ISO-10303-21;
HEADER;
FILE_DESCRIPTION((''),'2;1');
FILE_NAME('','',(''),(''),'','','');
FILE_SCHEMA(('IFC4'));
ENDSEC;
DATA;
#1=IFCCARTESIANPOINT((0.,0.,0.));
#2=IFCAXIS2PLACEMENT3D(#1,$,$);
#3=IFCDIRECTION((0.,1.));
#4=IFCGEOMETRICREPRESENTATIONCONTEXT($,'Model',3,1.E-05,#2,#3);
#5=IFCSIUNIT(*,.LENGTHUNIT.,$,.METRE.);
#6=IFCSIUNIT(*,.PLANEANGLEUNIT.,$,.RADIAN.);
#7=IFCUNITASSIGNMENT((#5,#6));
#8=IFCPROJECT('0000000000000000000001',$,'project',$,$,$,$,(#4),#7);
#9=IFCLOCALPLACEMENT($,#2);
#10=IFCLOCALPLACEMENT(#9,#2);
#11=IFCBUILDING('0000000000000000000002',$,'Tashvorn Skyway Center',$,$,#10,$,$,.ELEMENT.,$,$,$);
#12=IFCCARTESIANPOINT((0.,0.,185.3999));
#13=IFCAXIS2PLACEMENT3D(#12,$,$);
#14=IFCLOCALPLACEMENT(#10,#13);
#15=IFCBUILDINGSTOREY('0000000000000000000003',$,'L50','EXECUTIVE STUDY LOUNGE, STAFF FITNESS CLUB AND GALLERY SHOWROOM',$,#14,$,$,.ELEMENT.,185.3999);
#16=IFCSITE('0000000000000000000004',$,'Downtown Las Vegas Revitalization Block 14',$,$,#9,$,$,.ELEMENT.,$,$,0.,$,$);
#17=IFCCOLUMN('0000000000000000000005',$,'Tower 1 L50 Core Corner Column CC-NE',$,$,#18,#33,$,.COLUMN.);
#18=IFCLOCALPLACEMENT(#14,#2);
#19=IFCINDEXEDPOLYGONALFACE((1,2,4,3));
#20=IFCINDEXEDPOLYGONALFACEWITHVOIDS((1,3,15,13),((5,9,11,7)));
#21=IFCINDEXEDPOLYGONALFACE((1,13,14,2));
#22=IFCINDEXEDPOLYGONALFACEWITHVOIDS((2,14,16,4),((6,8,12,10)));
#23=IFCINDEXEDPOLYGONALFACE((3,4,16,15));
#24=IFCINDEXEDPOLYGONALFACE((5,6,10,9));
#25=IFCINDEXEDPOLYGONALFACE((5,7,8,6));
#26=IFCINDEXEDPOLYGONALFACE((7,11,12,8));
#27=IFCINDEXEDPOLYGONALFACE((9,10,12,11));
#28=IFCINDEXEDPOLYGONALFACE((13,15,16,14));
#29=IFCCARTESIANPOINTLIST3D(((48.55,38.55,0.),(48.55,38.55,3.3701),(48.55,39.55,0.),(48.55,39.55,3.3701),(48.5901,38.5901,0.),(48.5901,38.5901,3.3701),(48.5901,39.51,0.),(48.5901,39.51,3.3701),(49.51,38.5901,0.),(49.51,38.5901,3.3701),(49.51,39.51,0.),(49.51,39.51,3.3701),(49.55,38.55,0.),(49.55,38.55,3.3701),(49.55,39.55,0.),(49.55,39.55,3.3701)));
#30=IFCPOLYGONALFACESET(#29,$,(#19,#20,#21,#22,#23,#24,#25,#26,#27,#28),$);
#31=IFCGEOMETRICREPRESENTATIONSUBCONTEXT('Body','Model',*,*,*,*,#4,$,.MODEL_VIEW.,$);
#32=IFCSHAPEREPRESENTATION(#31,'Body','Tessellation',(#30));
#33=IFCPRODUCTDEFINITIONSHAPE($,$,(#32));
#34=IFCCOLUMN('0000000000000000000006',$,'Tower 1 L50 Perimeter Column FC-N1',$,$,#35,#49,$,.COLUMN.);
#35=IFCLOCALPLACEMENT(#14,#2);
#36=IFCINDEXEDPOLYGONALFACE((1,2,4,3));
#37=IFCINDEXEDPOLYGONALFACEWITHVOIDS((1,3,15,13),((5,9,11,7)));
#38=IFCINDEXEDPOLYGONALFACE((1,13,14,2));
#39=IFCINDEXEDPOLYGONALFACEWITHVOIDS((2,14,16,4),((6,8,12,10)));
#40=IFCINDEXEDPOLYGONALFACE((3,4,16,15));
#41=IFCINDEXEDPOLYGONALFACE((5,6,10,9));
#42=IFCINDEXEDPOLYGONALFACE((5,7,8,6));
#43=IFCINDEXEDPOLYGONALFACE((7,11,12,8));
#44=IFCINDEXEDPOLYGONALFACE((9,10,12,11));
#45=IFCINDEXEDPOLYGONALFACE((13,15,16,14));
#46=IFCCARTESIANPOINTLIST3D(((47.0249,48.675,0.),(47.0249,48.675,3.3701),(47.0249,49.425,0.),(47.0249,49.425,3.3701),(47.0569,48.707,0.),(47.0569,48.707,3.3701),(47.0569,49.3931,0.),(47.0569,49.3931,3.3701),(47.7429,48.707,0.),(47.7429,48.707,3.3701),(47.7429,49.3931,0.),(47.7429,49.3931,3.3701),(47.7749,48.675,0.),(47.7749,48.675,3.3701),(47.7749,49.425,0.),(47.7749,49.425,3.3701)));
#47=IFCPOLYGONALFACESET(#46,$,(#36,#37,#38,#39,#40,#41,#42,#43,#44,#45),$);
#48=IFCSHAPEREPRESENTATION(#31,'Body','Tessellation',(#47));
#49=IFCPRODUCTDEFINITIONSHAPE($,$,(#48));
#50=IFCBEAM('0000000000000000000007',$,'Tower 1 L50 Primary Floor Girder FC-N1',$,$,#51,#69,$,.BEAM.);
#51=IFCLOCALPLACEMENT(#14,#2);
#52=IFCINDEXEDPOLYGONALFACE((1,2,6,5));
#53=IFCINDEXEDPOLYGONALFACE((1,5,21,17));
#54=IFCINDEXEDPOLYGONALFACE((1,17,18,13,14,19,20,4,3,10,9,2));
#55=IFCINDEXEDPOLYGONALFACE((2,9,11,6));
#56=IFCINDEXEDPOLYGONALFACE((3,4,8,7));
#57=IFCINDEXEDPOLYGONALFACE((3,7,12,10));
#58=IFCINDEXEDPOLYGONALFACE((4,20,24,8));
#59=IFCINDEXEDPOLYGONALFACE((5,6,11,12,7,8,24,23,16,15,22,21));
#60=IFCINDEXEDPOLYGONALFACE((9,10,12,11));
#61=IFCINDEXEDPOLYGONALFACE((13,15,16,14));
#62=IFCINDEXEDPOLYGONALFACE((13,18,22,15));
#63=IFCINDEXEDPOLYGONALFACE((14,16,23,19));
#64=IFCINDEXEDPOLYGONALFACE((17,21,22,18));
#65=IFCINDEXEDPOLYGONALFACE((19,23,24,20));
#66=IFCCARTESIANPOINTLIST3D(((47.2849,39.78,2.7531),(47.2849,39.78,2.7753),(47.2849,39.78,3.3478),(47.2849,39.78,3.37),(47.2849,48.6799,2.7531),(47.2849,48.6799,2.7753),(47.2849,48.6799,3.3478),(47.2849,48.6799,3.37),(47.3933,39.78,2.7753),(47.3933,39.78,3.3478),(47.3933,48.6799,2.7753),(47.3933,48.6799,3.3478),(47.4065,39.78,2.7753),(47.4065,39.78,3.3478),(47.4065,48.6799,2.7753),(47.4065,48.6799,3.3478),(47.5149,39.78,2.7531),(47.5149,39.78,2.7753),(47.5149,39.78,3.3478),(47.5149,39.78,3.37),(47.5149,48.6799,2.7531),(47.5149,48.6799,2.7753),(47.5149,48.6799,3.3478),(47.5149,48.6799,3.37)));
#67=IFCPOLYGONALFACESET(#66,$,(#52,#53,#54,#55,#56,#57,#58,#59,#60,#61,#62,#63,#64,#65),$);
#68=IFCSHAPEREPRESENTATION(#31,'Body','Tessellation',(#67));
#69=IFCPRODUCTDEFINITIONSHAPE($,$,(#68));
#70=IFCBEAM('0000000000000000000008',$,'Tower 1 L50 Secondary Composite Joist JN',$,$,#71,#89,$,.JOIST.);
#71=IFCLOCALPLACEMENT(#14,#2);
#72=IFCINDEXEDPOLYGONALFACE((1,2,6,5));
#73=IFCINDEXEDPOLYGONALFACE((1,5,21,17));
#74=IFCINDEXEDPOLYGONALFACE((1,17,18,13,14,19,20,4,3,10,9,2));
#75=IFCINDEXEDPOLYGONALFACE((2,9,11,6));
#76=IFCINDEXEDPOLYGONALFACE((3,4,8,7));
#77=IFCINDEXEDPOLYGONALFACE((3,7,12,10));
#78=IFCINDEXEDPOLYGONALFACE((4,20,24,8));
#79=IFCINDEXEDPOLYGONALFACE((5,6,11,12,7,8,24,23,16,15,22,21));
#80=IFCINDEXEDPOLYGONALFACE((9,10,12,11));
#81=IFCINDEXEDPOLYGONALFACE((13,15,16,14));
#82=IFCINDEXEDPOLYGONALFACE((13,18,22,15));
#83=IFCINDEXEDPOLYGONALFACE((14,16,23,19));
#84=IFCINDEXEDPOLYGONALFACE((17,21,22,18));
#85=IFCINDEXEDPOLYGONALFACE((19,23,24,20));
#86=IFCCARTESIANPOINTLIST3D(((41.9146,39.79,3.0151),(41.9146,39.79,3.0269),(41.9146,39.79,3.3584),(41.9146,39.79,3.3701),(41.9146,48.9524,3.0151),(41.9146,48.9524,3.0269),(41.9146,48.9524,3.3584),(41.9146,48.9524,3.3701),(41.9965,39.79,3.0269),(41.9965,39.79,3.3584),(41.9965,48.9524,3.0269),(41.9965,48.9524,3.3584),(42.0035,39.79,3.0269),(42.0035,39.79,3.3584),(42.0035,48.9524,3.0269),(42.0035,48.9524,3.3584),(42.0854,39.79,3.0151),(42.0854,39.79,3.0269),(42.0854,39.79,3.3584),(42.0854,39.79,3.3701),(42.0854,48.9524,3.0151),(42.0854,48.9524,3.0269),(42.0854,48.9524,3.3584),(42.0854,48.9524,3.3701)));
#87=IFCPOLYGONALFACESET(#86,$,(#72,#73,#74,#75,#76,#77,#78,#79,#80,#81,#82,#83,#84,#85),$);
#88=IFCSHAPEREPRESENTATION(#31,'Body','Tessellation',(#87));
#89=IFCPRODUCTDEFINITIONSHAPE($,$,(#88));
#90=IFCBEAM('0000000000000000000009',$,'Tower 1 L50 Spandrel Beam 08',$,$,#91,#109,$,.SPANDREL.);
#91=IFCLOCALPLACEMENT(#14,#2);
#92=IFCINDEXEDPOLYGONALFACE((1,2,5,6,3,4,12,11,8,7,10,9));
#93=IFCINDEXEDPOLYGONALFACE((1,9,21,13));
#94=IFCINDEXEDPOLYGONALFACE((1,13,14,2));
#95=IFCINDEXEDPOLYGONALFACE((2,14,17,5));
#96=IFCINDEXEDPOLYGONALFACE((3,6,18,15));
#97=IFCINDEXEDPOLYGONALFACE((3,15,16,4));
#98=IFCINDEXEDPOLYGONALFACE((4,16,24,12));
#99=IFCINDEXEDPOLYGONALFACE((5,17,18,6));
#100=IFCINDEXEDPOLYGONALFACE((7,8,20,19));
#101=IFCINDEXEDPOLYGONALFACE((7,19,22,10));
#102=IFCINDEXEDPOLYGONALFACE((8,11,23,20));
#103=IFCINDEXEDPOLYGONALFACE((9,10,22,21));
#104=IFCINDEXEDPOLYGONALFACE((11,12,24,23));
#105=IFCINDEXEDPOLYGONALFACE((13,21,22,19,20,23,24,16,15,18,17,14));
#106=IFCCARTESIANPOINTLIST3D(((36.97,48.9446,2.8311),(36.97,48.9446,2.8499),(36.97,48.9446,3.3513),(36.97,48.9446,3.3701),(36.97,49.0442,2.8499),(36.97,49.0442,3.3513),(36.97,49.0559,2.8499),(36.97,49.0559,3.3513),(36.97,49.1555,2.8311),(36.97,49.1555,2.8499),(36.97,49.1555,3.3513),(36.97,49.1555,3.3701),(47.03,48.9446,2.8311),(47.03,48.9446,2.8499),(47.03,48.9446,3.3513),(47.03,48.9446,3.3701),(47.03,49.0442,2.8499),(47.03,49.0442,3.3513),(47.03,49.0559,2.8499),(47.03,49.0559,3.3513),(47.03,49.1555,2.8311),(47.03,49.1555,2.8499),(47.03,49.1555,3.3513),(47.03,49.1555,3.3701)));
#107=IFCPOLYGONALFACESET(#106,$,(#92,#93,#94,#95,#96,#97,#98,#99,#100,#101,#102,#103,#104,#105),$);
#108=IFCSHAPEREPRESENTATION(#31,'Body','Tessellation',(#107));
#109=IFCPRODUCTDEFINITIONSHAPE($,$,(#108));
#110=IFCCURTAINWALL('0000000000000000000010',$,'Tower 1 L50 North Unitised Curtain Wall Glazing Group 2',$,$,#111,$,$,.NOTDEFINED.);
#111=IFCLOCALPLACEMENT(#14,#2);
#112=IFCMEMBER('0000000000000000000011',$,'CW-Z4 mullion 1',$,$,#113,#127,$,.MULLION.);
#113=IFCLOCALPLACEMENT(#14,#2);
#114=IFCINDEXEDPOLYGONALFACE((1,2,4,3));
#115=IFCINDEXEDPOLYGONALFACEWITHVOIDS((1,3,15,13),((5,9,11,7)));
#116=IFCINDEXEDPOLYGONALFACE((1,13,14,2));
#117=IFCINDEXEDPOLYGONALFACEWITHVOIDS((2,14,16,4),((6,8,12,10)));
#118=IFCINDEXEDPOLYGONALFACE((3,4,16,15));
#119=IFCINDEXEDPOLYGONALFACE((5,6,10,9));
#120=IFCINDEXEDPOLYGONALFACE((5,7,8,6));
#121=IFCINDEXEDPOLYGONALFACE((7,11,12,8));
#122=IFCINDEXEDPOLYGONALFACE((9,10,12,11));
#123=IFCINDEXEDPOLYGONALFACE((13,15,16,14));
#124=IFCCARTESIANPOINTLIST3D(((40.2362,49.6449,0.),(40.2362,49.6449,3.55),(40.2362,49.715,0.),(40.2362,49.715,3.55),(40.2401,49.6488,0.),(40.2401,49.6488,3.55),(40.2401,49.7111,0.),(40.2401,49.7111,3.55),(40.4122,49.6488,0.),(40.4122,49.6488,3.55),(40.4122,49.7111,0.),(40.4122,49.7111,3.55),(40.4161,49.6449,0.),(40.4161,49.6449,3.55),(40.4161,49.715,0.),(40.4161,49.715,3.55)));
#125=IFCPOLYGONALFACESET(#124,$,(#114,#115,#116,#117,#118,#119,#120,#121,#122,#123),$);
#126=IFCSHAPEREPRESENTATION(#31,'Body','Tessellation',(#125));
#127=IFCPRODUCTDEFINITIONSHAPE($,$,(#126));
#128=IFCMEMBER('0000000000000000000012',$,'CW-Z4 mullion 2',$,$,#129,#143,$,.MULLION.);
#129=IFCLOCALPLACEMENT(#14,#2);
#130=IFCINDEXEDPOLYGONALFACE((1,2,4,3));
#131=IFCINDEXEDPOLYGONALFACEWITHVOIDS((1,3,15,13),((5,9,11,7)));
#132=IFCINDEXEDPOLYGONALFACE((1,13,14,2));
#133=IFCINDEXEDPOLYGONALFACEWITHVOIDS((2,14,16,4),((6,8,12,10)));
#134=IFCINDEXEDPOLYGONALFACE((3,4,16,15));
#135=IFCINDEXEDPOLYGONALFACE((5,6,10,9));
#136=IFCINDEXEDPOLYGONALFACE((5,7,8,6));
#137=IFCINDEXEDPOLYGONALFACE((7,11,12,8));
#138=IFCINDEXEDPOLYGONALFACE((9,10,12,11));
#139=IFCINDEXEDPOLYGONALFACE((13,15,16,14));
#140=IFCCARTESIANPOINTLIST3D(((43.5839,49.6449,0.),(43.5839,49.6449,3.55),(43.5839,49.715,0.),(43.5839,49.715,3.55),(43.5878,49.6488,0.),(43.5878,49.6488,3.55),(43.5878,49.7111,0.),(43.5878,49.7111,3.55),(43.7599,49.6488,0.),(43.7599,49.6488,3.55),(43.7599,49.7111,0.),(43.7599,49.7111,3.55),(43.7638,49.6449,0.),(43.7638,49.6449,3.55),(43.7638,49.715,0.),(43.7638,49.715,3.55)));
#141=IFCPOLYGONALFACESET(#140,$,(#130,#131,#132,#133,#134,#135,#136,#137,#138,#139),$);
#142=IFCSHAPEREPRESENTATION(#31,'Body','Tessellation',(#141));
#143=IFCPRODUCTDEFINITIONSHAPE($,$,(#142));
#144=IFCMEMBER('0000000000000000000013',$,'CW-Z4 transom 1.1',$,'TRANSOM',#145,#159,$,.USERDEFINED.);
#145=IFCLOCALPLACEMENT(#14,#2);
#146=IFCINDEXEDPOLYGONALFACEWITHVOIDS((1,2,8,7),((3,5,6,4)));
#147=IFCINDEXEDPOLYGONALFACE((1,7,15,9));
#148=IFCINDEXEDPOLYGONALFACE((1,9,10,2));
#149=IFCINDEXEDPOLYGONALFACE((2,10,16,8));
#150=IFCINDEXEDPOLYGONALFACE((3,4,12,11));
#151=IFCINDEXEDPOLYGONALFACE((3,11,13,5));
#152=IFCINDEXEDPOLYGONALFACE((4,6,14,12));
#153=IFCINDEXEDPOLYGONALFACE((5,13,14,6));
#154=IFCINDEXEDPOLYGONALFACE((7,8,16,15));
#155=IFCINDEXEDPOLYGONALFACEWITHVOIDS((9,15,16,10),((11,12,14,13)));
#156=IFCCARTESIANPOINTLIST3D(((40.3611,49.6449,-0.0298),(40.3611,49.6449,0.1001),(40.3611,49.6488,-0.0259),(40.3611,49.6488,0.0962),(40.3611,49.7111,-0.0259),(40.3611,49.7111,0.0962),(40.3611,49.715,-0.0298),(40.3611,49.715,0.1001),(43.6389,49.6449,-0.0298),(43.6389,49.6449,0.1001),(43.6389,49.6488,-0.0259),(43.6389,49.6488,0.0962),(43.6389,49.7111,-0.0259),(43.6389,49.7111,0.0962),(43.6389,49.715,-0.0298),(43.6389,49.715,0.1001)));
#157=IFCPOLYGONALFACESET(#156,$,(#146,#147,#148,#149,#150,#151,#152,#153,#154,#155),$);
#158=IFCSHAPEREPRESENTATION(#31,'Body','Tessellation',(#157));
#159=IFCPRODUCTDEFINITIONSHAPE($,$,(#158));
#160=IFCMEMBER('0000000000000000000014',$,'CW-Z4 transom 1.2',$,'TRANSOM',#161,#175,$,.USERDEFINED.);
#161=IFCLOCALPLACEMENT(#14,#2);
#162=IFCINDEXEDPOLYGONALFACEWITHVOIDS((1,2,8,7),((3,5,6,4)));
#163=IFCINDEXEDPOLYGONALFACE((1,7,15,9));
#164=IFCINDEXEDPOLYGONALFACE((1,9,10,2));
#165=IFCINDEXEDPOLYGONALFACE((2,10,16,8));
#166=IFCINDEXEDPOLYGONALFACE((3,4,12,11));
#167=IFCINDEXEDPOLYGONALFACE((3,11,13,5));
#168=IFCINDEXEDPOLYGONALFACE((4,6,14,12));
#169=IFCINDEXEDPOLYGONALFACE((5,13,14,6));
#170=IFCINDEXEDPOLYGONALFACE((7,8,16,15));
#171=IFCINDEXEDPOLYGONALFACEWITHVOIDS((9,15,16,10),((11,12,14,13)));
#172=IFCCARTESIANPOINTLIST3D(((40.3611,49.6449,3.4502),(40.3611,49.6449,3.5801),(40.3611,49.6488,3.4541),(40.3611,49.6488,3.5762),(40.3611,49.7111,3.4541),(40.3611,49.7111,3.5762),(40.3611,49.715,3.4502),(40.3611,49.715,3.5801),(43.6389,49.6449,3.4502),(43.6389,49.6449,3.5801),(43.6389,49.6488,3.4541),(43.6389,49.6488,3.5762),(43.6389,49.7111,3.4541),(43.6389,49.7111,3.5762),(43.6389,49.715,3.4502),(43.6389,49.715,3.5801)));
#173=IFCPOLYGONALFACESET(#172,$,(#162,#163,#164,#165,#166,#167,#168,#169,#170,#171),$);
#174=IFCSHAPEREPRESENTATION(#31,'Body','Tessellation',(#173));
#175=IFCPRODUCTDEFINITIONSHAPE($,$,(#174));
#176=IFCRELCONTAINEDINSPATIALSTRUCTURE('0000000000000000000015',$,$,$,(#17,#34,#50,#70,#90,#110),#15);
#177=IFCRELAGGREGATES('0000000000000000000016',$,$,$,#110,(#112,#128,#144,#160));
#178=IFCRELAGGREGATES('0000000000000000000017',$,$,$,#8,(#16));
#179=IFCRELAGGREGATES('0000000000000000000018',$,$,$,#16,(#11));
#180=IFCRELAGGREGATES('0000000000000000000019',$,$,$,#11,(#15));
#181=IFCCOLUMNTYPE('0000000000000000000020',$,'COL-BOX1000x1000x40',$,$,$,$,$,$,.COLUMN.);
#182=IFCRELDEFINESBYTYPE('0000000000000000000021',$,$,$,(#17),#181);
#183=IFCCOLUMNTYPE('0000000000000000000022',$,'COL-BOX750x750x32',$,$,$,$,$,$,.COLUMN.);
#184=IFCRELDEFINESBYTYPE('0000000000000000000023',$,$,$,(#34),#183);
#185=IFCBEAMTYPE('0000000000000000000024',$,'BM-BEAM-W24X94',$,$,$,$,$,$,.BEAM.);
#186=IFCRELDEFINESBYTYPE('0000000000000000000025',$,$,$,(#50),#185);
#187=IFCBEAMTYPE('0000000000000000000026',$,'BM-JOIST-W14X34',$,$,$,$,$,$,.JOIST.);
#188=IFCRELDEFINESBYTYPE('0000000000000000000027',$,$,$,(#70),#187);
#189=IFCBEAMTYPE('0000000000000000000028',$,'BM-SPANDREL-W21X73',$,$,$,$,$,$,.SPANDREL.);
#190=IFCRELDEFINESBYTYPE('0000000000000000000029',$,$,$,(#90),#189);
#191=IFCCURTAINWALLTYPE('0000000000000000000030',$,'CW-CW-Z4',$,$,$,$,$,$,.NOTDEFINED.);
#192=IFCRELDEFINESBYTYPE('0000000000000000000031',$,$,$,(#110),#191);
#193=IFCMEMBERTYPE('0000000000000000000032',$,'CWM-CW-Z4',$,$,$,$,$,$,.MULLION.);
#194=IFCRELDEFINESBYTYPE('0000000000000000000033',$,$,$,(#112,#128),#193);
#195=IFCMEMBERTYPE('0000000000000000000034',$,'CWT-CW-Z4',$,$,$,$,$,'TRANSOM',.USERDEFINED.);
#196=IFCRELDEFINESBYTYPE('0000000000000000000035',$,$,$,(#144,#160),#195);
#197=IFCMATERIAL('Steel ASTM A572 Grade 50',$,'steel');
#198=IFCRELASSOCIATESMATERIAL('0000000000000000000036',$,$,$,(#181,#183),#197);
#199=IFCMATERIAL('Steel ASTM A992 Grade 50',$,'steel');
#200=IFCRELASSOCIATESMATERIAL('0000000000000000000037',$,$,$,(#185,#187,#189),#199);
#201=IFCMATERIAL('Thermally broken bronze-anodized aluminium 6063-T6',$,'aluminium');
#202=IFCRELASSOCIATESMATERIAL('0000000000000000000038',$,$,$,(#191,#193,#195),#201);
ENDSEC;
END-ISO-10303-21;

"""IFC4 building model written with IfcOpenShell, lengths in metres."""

from ifc_helpers import new_model, si_unit, direction, frame, origin, origin_2d, place, context, subcontext, project, spatial, hollow_rectangle, i_section, extrude, material, material_profile, profile_set, type_object, element, aggregate, save


model = new_model("IFC4")

# Units and contexts
model_context = context("Model", 3, precision=1e-05, world=origin(), true_north=direction((0.0, 1.0)))
body_context = subcontext(model_context, "Body", "Model", "MODEL_VIEW")
ifc_project = project(units=[si_unit("LENGTHUNIT", "METRE"), si_unit("PLANEANGLEUNIT", "RADIAN")], contexts=[model_context])

# Site, building, storey
site_placement = place(None, origin())
site = spatial("IfcSite", under=ifc_project, at=site_placement, Name="Downtown Las Vegas Revitalization Block 14", CompositionType="ELEMENT", RefElevation=0.0)
building_placement = place(site_placement, origin())
building = spatial("IfcBuilding", under=site, at=building_placement, Name="Tashvorn Skyway Center", CompositionType="ELEMENT")
storey_placement = place(building_placement, frame((0.0, 0.0, 185.3999)))
storey = spatial("IfcBuildingStorey", under=building, at=storey_placement, Name="L50", Description="EXECUTIVE STUDY LOUNGE, STAFF FITNESS CLUB AND GALLERY SHOWROOM", CompositionType="ELEMENT", Elevation=185.3999)

# Columns
ifc_material_1 = material(Name="Steel ASTM A572 Grade 50", Category="steel")
ifc_material_profile_1 = material_profile(ifc_material_1, hollow_rectangle(XDim=1.0, YDim=1.0, WallThickness=0.04, at=origin_2d()), Name="BOX1000x1000x40")
ifc_profile_set_1 = profile_set([ifc_material_profile_1], Name="Steel ASTM A572 Grade 50")
column_type_1 = type_object("IfcColumnType", Name="COL-BOX1000x1000x40", PredefinedType="COLUMN", material=ifc_profile_set_1)
column_1_placement = place(storey_placement, frame((49.05, 39.05, 0.0), z_axis=(0.0, 0.0, 1.0), x_axis=(1.0, 0.0, 0.0)))
element("IfcColumn", 1, at=column_1_placement, inside=storey, type_object=column_type_1, Name="Tower 1 L50 Core Corner Column CC-NE", PredefinedType="COLUMN", context=body_context, shape_type="SweptSolid", body=[
    extrude(hollow_rectangle(XDim=1.0, YDim=1.0, WallThickness=0.04, at=origin_2d()), origin(), (0.0, 0.0, 1.0), 3.3701),
])
ifc_material_profile_2 = material_profile(ifc_material_1, hollow_rectangle(XDim=0.75, YDim=0.75, WallThickness=0.032, at=origin_2d()), Name="BOX750x750x32")
ifc_profile_set_2 = profile_set([ifc_material_profile_2], Name="Steel ASTM A572 Grade 50")
column_type_2 = type_object("IfcColumnType", Name="COL-BOX750x750x32", PredefinedType="COLUMN", material=ifc_profile_set_2)
column_2_placement = place(storey_placement, frame((47.3999, 49.05, 0.0), z_axis=(0.0, 0.0, 1.0), x_axis=(1.0, 0.0, 0.0)))
element("IfcColumn", 2, at=column_2_placement, inside=storey, type_object=column_type_2, Name="Tower 1 L50 Perimeter Column FC-N1", PredefinedType="COLUMN", context=body_context, shape_type="SweptSolid", body=[
    extrude(hollow_rectangle(XDim=0.75, YDim=0.75, WallThickness=0.032, at=origin_2d()), origin(), (0.0, 0.0, 1.0), 3.3701),
])

# Beams
ifc_material_2 = material(Name="Steel ASTM A992 Grade 50", Category="steel")
ifc_material_profile_3 = material_profile(ifc_material_2, i_section(OverallWidth=0.23, OverallDepth=0.6169, WebThickness=0.0132, FlangeThickness=0.0222, at=origin_2d()), Name="W24X94")
ifc_profile_set_3 = profile_set([ifc_material_profile_3], Name="Steel ASTM A992 Grade 50")
beam_type_1 = type_object("IfcBeamType", Name="BM-BEAM-W24X94", PredefinedType="BEAM", material=ifc_profile_set_3)
beam_1_placement = place(storey_placement, frame((47.3999, 48.6799, 3.0615), z_axis=(0.0, -1.0, 0.0), x_axis=(1.0, 0.0, 0.0)))
element("IfcBeam", 3, at=beam_1_placement, inside=storey, type_object=beam_type_1, Name="Tower 1 L50 Primary Floor Girder FC-N1", PredefinedType="BEAM", context=body_context, shape_type="SweptSolid", body=[
    extrude(i_section(OverallWidth=0.23, OverallDepth=0.6169, WebThickness=0.0132, FlangeThickness=0.0222, at=origin_2d()), origin(), (0.0, 0.0, 1.0), 8.8999),
])
ifc_material_profile_4 = material_profile(ifc_material_2, i_section(OverallWidth=0.1709, OverallDepth=0.355, WebThickness=0.0071, FlangeThickness=0.0117, at=origin_2d()), Name="W14X34")
ifc_profile_set_4 = profile_set([ifc_material_profile_4], Name="Steel ASTM A992 Grade 50")
beam_type_2 = type_object("IfcBeamType", Name="BM-JOIST-W14X34", PredefinedType="JOIST", material=ifc_profile_set_4)
beam_2_placement = place(storey_placement, frame((42.0, 39.79, 3.1926), z_axis=(0.0, 1.0, 0.0), x_axis=(-1.0, 0.0, 0.0)))
element("IfcBeam", 4, at=beam_2_placement, inside=storey, type_object=beam_type_2, Name="Tower 1 L50 Secondary Composite Joist JN", PredefinedType="JOIST", context=body_context, shape_type="SweptSolid", body=[
    extrude(i_section(OverallWidth=0.1709, OverallDepth=0.355, WebThickness=0.0071, FlangeThickness=0.0117, at=origin_2d()), origin(), (0.0, 0.0, 1.0), 9.1624),
])
ifc_material_profile_5 = material_profile(ifc_material_2, i_section(OverallWidth=0.2109, OverallDepth=0.5391, WebThickness=0.0117, FlangeThickness=0.0188, at=origin_2d()), Name="W21X73")
ifc_profile_set_5 = profile_set([ifc_material_profile_5], Name="Steel ASTM A992 Grade 50")
beam_type_3 = type_object("IfcBeamType", Name="BM-SPANDREL-W21X73", PredefinedType="SPANDREL", material=ifc_profile_set_5)
beam_3_placement = place(storey_placement, frame((47.03, 49.05, 3.1006), z_axis=(-1.0, 0.0, 0.0), x_axis=(0.0, -1.0, 0.0)))
element("IfcBeam", 5, at=beam_3_placement, inside=storey, type_object=beam_type_3, Name="Tower 1 L50 Spandrel Beam 08", PredefinedType="SPANDREL", context=body_context, shape_type="SweptSolid", body=[
    extrude(i_section(OverallWidth=0.2109, OverallDepth=0.5391, WebThickness=0.0117, FlangeThickness=0.0188, at=origin_2d()), origin(), (0.0, 0.0, 1.0), 10.0601),
])

# Curtain wall, members
ifc_material_3 = material(Name="Thermally broken bronze-anodized aluminium 6063-T6", Category="aluminium")
curtain_wall_type = type_object("IfcCurtainWallType", Name="CW-CW-Z4", PredefinedType="NOTDEFINED", material=ifc_material_3)
curtain_wall_placement = place(storey_placement, origin())
curtain_wall = element("IfcCurtainWall", 6, at=curtain_wall_placement, inside=storey, type_object=curtain_wall_type, Name="Tower 1 L50 North Unitised Curtain Wall Glazing Group 2", PredefinedType="NOTDEFINED")
ifc_material_profile_6 = material_profile(ifc_material_3, hollow_rectangle(XDim=0.0701, YDim=0.1799, WallThickness=0.0039, at=origin_2d()), Name="ALU-MULL-70x180")
ifc_profile_set_6 = profile_set([ifc_material_profile_6], Name="Thermally broken bronze-anodized aluminium 6063-T6")
member_type_1 = type_object("IfcMemberType", Name="CWM-CW-Z4", PredefinedType="MULLION", material=ifc_profile_set_6)
member_1_placement = place(storey_placement, frame((40.3262, 49.6799, 0.0), z_axis=(0.0, 0.0, 1.0), x_axis=(0.0, 1.0, 0.0)))
member_1 = element("IfcMember", 7, at=member_1_placement, type_object=member_type_1, Name="CW-Z4 mullion 1", PredefinedType="MULLION", context=body_context, shape_type="SweptSolid", body=[
    extrude(hollow_rectangle(XDim=0.0701, YDim=0.1799, WallThickness=0.0039, at=origin_2d()), origin(), (0.0, 0.0, 1.0), 3.55),
])
member_2_placement = place(storey_placement, frame((43.6738, 49.6799, 0.0), z_axis=(0.0, 0.0, 1.0), x_axis=(0.0, 1.0, 0.0)))
member_2 = element("IfcMember", 8, at=member_2_placement, type_object=member_type_1, Name="CW-Z4 mullion 2", PredefinedType="MULLION", context=body_context, shape_type="SweptSolid", body=[
    extrude(hollow_rectangle(XDim=0.0701, YDim=0.1799, WallThickness=0.0039, at=origin_2d()), origin(), (0.0, 0.0, 1.0), 3.55),
])
ifc_material_profile_7 = material_profile(ifc_material_3, hollow_rectangle(XDim=0.0701, YDim=0.1299, WallThickness=0.0039, at=origin_2d()), Name="ALU-TRAN-70x130")
ifc_profile_set_7 = profile_set([ifc_material_profile_7], Name="Thermally broken bronze-anodized aluminium 6063-T6")
member_type_2 = type_object("IfcMemberType", Name="CWT-CW-Z4", ElementType="TRANSOM", PredefinedType="USERDEFINED", material=ifc_profile_set_7)
member_3_placement = place(storey_placement, frame((40.3611, 49.6799, 0.0352), z_axis=(1.0, 0.0, 0.0), x_axis=(0.0, 1.0, 0.0)))
member_3 = element("IfcMember", 9, at=member_3_placement, type_object=member_type_2, Name="CW-Z4 transom 1.1", ObjectType="TRANSOM", PredefinedType="USERDEFINED", context=body_context, shape_type="SweptSolid", body=[
    extrude(hollow_rectangle(XDim=0.0701, YDim=0.1299, WallThickness=0.0039, at=origin_2d()), origin(), (0.0, 0.0, 1.0), 3.2778),
])
member_4_placement = place(storey_placement, frame((40.3611, 49.6799, 3.5151), z_axis=(1.0, 0.0, 0.0), x_axis=(0.0, 1.0, 0.0)))
member_4 = element("IfcMember", 10, at=member_4_placement, type_object=member_type_2, Name="CW-Z4 transom 1.2", ObjectType="TRANSOM", PredefinedType="USERDEFINED", context=body_context, shape_type="SweptSolid", body=[
    extrude(hollow_rectangle(XDim=0.0701, YDim=0.1299, WallThickness=0.0039, at=origin_2d()), origin(), (0.0, 0.0, 1.0), 3.2778),
])
aggregate(curtain_wall, [member_1, member_2, member_3, member_4])

save(model, "model.ifc")
